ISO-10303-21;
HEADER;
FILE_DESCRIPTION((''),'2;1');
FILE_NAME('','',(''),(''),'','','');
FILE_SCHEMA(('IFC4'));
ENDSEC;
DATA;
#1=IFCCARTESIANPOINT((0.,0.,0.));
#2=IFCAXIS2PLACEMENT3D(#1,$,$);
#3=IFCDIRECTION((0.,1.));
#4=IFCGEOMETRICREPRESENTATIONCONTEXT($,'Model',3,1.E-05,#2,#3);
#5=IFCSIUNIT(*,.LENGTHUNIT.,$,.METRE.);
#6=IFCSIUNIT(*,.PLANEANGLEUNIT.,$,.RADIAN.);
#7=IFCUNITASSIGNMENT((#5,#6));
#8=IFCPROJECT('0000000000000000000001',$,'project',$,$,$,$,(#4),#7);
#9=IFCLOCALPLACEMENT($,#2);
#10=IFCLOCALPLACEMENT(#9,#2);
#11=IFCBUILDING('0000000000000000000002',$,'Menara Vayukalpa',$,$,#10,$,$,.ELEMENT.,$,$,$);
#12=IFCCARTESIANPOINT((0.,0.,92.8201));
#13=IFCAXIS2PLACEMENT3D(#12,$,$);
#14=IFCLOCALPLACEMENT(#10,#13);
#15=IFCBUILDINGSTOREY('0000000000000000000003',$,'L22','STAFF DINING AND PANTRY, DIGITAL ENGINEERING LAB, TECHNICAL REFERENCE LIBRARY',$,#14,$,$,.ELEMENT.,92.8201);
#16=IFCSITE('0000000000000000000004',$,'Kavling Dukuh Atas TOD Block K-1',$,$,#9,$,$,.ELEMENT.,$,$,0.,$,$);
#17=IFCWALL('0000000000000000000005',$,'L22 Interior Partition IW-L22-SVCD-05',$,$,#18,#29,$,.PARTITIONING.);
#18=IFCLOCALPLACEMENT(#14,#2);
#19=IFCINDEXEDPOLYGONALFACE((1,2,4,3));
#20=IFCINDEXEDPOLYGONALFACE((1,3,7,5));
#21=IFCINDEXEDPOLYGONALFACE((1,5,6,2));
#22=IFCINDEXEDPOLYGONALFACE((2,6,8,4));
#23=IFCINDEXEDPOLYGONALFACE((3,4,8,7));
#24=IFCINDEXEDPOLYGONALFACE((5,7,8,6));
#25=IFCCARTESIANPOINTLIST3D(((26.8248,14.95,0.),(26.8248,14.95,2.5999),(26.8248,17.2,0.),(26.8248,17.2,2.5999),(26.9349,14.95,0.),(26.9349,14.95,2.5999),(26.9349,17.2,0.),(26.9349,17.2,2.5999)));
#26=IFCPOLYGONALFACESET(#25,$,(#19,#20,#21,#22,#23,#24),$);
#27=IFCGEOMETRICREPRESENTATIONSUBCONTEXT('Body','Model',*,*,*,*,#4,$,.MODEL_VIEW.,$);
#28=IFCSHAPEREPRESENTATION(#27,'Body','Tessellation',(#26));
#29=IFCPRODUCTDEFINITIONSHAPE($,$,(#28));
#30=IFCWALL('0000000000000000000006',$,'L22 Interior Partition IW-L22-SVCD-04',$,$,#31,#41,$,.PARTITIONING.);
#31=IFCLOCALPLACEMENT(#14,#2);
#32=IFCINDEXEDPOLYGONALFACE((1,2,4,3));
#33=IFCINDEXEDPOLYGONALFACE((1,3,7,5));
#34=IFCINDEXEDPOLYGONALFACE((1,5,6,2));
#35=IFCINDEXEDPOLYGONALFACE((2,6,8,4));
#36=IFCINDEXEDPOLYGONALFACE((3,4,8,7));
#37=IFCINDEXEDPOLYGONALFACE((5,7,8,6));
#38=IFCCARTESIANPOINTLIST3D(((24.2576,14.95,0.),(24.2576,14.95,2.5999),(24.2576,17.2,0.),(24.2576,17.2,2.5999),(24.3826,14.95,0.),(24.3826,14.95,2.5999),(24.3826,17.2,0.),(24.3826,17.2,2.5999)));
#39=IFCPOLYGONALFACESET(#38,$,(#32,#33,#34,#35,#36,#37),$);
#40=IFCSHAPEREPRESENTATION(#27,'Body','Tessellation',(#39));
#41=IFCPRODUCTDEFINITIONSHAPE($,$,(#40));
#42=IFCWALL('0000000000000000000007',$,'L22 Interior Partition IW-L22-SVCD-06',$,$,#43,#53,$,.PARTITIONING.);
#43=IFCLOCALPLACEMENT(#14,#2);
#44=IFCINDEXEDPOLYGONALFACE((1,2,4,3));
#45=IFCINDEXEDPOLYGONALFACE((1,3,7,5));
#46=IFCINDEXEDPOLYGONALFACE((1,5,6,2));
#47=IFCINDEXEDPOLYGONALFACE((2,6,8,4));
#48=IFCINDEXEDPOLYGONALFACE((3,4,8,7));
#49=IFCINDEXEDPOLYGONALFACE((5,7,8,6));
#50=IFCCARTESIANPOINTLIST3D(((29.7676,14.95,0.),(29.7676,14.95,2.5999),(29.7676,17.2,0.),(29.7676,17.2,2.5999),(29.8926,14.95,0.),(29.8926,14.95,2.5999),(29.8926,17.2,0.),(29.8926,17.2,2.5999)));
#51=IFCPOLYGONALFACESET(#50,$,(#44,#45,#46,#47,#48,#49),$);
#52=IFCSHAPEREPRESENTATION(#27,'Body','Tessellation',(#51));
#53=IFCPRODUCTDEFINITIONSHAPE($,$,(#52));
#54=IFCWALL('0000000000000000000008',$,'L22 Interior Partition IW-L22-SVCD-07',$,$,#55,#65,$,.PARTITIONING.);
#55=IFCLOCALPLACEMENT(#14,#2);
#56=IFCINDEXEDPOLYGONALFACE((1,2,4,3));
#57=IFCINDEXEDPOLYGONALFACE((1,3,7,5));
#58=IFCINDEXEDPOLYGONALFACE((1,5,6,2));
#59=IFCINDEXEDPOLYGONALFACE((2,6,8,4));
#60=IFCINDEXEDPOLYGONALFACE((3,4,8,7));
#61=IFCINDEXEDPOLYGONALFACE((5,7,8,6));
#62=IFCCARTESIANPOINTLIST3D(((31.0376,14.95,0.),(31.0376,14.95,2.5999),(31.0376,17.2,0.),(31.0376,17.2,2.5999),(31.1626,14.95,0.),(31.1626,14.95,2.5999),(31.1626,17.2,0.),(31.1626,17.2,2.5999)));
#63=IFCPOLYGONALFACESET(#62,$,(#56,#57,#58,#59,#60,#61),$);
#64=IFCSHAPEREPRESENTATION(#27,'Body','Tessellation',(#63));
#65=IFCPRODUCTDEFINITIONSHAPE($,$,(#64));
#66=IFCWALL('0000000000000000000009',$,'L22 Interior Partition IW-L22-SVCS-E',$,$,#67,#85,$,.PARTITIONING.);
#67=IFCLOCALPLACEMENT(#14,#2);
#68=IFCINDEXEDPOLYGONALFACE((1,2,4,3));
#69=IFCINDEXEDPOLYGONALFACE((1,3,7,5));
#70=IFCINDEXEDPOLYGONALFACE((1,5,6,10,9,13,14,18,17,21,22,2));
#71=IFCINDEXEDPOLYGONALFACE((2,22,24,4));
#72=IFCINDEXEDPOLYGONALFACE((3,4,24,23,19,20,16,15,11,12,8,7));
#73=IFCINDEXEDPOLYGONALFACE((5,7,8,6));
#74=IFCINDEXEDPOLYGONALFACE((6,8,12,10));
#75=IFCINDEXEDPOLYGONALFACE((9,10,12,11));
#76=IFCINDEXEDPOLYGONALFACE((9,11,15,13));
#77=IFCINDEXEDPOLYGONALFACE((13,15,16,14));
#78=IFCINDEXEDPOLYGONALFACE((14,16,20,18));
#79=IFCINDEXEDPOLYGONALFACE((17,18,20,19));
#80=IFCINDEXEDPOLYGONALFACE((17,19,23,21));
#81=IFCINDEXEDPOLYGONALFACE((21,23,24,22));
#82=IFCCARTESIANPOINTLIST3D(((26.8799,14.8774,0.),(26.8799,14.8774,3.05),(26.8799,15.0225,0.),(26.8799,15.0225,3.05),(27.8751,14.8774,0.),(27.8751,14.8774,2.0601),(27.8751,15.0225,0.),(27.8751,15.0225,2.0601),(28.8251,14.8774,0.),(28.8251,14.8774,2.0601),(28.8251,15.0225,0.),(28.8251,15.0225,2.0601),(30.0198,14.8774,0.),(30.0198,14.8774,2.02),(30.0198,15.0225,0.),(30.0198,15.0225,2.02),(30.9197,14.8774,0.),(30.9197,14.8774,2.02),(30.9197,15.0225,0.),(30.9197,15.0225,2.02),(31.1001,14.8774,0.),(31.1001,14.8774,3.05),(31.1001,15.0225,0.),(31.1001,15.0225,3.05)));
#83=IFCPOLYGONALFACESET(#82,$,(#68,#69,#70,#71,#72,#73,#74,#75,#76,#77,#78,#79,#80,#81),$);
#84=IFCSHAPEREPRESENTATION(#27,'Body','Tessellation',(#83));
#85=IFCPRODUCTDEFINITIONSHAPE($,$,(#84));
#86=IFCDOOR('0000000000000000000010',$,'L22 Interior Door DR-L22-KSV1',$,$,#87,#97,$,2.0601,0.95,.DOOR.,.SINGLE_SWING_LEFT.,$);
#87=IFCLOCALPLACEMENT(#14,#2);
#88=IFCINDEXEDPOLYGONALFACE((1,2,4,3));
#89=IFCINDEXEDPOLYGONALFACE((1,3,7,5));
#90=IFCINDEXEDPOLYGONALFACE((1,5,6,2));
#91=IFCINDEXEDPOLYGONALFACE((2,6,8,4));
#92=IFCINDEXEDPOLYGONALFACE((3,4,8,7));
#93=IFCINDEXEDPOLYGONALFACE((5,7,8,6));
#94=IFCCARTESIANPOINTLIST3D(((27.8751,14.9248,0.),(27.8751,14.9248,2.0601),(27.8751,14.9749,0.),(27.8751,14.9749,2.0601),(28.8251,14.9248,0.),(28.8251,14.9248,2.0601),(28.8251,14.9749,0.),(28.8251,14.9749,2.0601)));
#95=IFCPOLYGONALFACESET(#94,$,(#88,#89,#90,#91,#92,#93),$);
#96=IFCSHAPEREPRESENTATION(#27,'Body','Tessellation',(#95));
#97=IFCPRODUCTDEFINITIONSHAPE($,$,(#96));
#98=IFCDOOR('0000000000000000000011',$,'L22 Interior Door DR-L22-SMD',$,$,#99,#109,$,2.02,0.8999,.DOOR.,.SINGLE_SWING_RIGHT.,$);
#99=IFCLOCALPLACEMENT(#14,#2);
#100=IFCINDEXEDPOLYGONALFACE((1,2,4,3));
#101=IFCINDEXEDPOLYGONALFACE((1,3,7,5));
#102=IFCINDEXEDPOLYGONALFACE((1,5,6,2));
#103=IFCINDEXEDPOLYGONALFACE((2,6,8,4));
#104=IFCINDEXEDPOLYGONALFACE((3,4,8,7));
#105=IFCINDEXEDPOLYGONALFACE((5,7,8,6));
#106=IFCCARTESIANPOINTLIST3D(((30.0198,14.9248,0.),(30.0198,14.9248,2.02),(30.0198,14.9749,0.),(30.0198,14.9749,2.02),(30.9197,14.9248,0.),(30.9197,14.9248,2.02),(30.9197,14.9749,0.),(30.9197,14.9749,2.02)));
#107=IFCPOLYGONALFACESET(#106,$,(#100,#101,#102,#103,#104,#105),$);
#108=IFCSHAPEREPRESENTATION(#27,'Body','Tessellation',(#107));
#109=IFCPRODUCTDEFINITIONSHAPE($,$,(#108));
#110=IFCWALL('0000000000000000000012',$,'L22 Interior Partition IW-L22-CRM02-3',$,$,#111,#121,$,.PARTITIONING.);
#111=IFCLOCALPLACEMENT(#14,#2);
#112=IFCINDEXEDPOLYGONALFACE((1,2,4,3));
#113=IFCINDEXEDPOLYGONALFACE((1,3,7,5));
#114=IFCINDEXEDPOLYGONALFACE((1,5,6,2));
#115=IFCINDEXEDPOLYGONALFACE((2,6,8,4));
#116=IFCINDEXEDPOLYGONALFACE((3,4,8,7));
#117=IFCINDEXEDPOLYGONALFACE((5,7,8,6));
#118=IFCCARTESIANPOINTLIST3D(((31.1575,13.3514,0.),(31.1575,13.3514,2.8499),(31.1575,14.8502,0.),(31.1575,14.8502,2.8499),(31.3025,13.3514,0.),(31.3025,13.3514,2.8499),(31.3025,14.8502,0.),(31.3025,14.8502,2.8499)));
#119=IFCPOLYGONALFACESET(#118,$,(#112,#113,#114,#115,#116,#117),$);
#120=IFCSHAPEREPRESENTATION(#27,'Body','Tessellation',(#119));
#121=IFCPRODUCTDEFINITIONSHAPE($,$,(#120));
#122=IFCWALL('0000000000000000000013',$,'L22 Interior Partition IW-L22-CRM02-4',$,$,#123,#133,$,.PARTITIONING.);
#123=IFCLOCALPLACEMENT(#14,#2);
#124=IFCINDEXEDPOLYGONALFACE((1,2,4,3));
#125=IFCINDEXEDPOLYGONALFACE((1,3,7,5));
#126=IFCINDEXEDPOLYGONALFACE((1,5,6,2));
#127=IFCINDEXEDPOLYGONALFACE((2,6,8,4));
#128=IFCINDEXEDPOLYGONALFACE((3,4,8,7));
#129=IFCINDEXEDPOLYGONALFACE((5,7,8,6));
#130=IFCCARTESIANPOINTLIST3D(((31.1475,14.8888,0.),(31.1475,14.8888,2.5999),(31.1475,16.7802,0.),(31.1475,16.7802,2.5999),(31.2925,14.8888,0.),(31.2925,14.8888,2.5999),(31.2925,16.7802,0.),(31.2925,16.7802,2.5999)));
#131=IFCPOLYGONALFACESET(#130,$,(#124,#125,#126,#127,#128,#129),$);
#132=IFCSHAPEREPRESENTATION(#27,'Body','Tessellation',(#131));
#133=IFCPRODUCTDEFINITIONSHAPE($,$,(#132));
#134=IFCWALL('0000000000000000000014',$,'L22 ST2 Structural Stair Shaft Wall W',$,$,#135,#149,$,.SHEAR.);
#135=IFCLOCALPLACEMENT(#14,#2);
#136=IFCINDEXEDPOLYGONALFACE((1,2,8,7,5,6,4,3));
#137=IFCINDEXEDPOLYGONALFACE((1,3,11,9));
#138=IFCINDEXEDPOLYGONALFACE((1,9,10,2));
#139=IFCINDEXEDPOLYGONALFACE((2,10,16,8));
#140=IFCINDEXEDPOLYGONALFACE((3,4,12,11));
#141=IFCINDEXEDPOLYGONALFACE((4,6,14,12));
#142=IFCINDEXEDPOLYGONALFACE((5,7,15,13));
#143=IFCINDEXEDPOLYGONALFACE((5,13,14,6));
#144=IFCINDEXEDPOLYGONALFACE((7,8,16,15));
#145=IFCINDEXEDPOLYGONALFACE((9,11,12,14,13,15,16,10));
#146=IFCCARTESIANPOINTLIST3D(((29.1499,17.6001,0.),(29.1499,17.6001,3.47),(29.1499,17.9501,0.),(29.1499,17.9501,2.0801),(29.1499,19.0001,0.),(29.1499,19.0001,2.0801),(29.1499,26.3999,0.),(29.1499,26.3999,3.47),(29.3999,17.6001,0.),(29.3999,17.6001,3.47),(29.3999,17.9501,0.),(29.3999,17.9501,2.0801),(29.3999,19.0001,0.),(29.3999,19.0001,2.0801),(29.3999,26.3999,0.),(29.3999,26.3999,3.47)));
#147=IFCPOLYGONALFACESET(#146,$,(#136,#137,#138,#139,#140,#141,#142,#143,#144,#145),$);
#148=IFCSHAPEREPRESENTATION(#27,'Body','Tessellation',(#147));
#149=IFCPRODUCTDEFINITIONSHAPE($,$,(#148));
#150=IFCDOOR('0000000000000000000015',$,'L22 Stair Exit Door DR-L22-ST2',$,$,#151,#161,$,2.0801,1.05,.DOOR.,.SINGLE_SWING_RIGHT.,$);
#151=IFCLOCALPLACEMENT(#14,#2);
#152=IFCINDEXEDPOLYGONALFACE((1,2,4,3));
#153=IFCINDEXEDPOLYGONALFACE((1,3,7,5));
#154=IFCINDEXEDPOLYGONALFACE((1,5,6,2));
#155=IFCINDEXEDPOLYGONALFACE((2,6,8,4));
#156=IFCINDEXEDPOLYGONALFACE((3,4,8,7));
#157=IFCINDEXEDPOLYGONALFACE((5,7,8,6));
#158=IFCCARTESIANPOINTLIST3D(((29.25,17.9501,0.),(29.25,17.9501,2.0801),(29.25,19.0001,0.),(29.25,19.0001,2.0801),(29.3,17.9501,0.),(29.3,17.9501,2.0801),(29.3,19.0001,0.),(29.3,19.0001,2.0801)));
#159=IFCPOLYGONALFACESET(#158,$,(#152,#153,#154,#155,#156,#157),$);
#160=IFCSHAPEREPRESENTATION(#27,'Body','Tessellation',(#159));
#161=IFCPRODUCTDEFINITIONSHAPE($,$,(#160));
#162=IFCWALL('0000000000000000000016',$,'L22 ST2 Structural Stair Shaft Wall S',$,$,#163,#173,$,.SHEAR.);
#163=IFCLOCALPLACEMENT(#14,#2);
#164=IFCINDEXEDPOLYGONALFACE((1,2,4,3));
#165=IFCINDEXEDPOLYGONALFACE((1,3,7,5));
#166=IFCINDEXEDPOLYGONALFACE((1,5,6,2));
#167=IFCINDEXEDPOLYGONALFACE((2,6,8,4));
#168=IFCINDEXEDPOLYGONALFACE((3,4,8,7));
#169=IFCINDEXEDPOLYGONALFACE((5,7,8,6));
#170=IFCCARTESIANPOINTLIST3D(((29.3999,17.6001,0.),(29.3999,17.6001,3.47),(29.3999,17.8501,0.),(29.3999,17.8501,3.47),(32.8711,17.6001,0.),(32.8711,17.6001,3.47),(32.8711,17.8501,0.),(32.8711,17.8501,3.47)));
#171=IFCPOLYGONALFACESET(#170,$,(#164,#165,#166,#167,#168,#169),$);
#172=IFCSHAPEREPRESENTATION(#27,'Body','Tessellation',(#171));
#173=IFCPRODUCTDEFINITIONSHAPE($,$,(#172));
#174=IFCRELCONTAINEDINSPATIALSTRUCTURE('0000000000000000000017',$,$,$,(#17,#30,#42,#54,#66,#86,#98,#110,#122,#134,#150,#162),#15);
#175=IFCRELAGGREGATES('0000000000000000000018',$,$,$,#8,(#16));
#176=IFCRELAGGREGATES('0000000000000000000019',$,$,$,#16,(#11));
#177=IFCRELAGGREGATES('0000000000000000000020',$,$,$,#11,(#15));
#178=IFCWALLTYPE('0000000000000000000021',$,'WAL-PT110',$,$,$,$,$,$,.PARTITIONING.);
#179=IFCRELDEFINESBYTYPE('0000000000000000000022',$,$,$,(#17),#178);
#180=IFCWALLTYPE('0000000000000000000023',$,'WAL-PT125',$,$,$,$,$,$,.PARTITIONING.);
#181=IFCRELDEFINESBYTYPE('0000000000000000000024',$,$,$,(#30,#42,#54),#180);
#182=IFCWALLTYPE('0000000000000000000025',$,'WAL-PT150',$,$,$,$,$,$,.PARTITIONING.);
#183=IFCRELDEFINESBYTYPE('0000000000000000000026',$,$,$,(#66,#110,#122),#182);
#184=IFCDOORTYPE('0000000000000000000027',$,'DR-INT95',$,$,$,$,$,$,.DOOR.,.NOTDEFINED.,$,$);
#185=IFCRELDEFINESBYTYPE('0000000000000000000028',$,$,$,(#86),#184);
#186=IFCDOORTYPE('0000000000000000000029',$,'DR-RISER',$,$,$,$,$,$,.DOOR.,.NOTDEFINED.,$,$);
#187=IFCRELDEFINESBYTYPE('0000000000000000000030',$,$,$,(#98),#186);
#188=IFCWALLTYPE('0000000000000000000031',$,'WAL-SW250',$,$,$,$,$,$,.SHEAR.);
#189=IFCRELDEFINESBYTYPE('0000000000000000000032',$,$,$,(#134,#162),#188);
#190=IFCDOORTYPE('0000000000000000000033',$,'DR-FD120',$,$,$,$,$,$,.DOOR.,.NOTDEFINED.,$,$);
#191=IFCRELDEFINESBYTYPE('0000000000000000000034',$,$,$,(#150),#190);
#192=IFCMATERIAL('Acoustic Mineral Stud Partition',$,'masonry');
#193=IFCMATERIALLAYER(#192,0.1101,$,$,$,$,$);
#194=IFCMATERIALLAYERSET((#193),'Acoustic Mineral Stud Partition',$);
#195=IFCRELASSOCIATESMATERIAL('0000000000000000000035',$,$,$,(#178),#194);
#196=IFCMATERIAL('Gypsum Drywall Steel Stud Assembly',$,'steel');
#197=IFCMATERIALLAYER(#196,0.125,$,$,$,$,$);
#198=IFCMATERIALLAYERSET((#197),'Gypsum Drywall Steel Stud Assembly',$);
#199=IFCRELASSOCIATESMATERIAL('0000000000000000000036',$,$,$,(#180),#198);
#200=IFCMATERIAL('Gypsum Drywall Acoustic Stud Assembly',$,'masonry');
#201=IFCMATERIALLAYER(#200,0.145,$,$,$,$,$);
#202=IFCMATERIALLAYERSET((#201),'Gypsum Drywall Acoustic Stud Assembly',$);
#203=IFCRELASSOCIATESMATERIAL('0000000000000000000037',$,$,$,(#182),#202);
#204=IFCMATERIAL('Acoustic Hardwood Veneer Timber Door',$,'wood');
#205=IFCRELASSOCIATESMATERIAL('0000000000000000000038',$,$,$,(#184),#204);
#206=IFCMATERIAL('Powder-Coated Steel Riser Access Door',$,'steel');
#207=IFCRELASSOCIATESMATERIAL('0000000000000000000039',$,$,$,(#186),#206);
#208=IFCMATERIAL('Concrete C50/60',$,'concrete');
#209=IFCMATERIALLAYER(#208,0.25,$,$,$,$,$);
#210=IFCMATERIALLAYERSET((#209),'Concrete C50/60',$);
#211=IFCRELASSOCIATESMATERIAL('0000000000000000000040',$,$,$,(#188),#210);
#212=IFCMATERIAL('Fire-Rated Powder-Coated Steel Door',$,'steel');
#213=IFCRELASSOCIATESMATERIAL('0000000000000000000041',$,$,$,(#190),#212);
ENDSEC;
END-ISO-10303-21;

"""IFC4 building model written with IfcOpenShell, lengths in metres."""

from ifc_helpers import new_model, si_unit, direction, frame, frame_2d, origin, place, context, subcontext, project, spatial, rectangle, extrude, material, layer, layer_set, type_object, element, fill, save


model = new_model("IFC4")

# Units and contexts
model_context = context("Model", 3, precision=1e-05, world=origin(), true_north=direction((0.0, 1.0)))
body_context = subcontext(model_context, "Body", "Model", "MODEL_VIEW")
ifc_project = project(units=[si_unit("LENGTHUNIT", "METRE"), si_unit("PLANEANGLEUNIT", "RADIAN")], contexts=[model_context])

# Site, building, storey
site_placement = place(None, origin())
site = spatial("IfcSite", under=ifc_project, at=site_placement, Name="Kavling Dukuh Atas TOD Block K-1", CompositionType="ELEMENT", RefElevation=0.0)
building_placement = place(site_placement, origin())
building = spatial("IfcBuilding", under=site, at=building_placement, Name="Menara Vayukalpa", CompositionType="ELEMENT")
storey_placement = place(building_placement, frame((0.0, 0.0, 92.8201)))
storey = spatial("IfcBuildingStorey", under=building, at=storey_placement, Name="L22", Description="STAFF DINING AND PANTRY, DIGITAL ENGINEERING LAB, TECHNICAL REFERENCE LIBRARY", CompositionType="ELEMENT", Elevation=92.8201)

# Walls
ifc_material_1 = material(Name="Acoustic Mineral Stud Partition", Category="masonry")
ifc_layer_1 = layer(ifc_material_1, 0.1101)
ifc_layer_set_1 = layer_set([ifc_layer_1], Name="Acoustic Mineral Stud Partition")
wall_type_1 = type_object("IfcWallType", Name="WAL-PT110", PredefinedType="PARTITIONING", material=ifc_layer_set_1)
wall_1_placement = place(storey_placement, frame((26.8799, 14.95, 0.0), z_axis=(0.0, 0.0, 1.0), x_axis=(0.0, 1.0, 0.0)))
element("IfcWall", 1, at=wall_1_placement, inside=storey, type_object=wall_type_1, Name="L22 Interior Partition IW-L22-SVCD-05", PredefinedType="PARTITIONING", context=body_context, shape_type="SweptSolid", body=[
    extrude(rectangle(XDim=2.25, YDim=0.1101, at=frame_2d((1.125, 0.0))), origin(), (0.0, 0.0, 1.0), 2.5999),
])
ifc_material_2 = material(Name="Gypsum Drywall Steel Stud Assembly", Category="steel")
ifc_layer_2 = layer(ifc_material_2, 0.125)
ifc_layer_set_2 = layer_set([ifc_layer_2], Name="Gypsum Drywall Steel Stud Assembly")
wall_type_2 = type_object("IfcWallType", Name="WAL-PT125", PredefinedType="PARTITIONING", material=ifc_layer_set_2)
for number, where, z_axis, x_axis, name in (
    (2, (24.3201, 14.95, 0.0), (0.0, 0.0, 1.0), (0.0, 1.0, 0.0), "L22 Interior Partition IW-L22-SVCD-04"),
    (3, (29.8301, 14.95, 0.0), (0.0, 0.0, 1.0), (0.0, 1.0, 0.0), "L22 Interior Partition IW-L22-SVCD-06"),
    (4, (31.1001, 14.95, 0.0), (0.0, 0.0, 1.0), (0.0, 1.0, 0.0), "L22 Interior Partition IW-L22-SVCD-07"),
):
    element("IfcWall", number, at=place(storey_placement, frame(where, z_axis=z_axis, x_axis=x_axis)), inside=storey, type_object=wall_type_2, Name=name, PredefinedType="PARTITIONING", context=body_context, shape_type="SweptSolid", body=[
        extrude(rectangle(XDim=2.25, YDim=0.125, at=frame_2d((1.125, 0.0))), origin(), (0.0, 0.0, 1.0), 2.5999),
    ])

# Wall, openings, doors
ifc_material_3 = material(Name="Gypsum Drywall Acoustic Stud Assembly", Category="masonry")
ifc_layer_3 = layer(ifc_material_3, 0.145)
ifc_layer_set_3 = layer_set([ifc_layer_3], Name="Gypsum Drywall Acoustic Stud Assembly")
wall_type_3 = type_object("IfcWallType", Name="WAL-PT150", PredefinedType="PARTITIONING", material=ifc_layer_set_3)
wall_2_placement = place(storey_placement, frame((26.8799, 14.95, 0.0), z_axis=(0.0, 0.0, 1.0), x_axis=(1.0, 0.0, 0.0)))
wall_2 = element("IfcWall", 5, at=wall_2_placement, inside=storey, type_object=wall_type_3, Name="L22 Interior Partition IW-L22-SVCS-E", PredefinedType="PARTITIONING", context=body_context, shape_type="SweptSolid", body=[
    extrude(rectangle(XDim=4.2202, YDim=0.145, at=frame_2d((2.1101, 0.0))), origin(), (0.0, 0.0, 1.0), 3.05),
])
opening_1_placement = place(wall_2_placement, frame((0.9951, 0.0, 0.0)))
opening_1 = element("IfcOpeningElement", 6, at=opening_1_placement, cuts=wall_2, PredefinedType="OPENING", context=body_context, shape_type="SweptSolid", body=[
    extrude(rectangle(XDim=0.95, YDim=2.0601, at=frame_2d((0.4751, 1.03))), frame((0.0, 0.0825, 0.0), z_axis=(0.0, -1.0, 0.0), x_axis=(1.0, 0.0, 0.0)), (0.0, 0.0, 1.0), 0.165),
])
opening_2_placement = place(wall_2_placement, frame((3.1399, 0.0, 0.0)))
opening_2 = element("IfcOpeningElement", 7, at=opening_2_placement, cuts=wall_2, PredefinedType="OPENING", context=body_context, shape_type="SweptSolid", body=[
    extrude(rectangle(XDim=0.8999, YDim=2.02, at=frame_2d((0.45, 1.01))), frame((0.0, 0.0825, 0.0), z_axis=(0.0, -1.0, 0.0), x_axis=(1.0, 0.0, 0.0)), (0.0, 0.0, 1.0), 0.165),
])
ifc_material_4 = material(Name="Acoustic Hardwood Veneer Timber Door", Category="wood")
door_type_1 = type_object("IfcDoorType", Name="DR-INT95", OperationType="NOTDEFINED", PredefinedType="DOOR", material=ifc_material_4)
door_1_placement = place(opening_1_placement, origin())
door_1 = element("IfcDoor", 8, at=door_1_placement, inside=storey, type_object=door_type_1, Name="L22 Interior Door DR-L22-KSV1", OperationType="SINGLE_SWING_LEFT", OverallHeight=2.0601, OverallWidth=0.95, PredefinedType="DOOR", context=body_context, shape_type="SweptSolid", body=[
    extrude(rectangle(XDim=0.95, YDim=2.0601, at=frame_2d((0.4751, 1.03))), frame((0.0, 0.0249, 0.0), z_axis=(0.0, -1.0, 0.0), x_axis=(1.0, 0.0, 0.0)), (0.0, 0.0, 1.0), 0.05),
])
fill(opening_1, door_1)
ifc_material_5 = material(Name="Powder-Coated Steel Riser Access Door", Category="steel")
door_type_2 = type_object("IfcDoorType", Name="DR-RISER", OperationType="NOTDEFINED", PredefinedType="DOOR", material=ifc_material_5)
door_2_placement = place(opening_2_placement, origin())
door_2 = element("IfcDoor", 9, at=door_2_placement, inside=storey, type_object=door_type_2, Name="L22 Interior Door DR-L22-SMD", OperationType="SINGLE_SWING_RIGHT", OverallHeight=2.02, OverallWidth=0.8999, PredefinedType="DOOR", context=body_context, shape_type="SweptSolid", body=[
    extrude(rectangle(XDim=0.8999, YDim=2.02, at=frame_2d((0.45, 1.01))), frame((0.0, 0.0249, 0.0), z_axis=(0.0, -1.0, 0.0), x_axis=(1.0, 0.0, 0.0)), (0.0, 0.0, 1.0), 0.05),
])
fill(opening_2, door_2)

# Walls
wall_3_placement = place(storey_placement, frame((31.23, 13.3513, 0.0), z_axis=(0.0, 0.0, 1.0), x_axis=(0.0, 1.0, 0.0)))
element("IfcWall", 10, at=wall_3_placement, inside=storey, type_object=wall_type_3, Name="L22 Interior Partition IW-L22-CRM02-3", PredefinedType="PARTITIONING", context=body_context, shape_type="SweptSolid", body=[
    extrude(rectangle(XDim=1.4988, YDim=0.145, at=frame_2d((0.7495, 0.0))), origin(), (0.0, 0.0, 1.0), 2.8499),
])
wall_4_placement = place(storey_placement, frame((31.22, 14.8887, 0.0), z_axis=(0.0, 0.0, 1.0), x_axis=(0.0, 1.0, 0.0)))
element("IfcWall", 11, at=wall_4_placement, inside=storey, type_object=wall_type_3, Name="L22 Interior Partition IW-L22-CRM02-4", PredefinedType="PARTITIONING", context=body_context, shape_type="SweptSolid", body=[
    extrude(rectangle(XDim=1.8914, YDim=0.145, at=frame_2d((0.9458, 0.0))), origin(), (0.0, 0.0, 1.0), 2.5999),
])

# Wall, opening, door
ifc_material_6 = material(Name="Concrete C50/60", Category="concrete")
ifc_layer_4 = layer(ifc_material_6, 0.25)
ifc_layer_set_4 = layer_set([ifc_layer_4], Name="Concrete C50/60")
wall_type_4 = type_object("IfcWallType", Name="WAL-SW250", PredefinedType="SHEAR", material=ifc_layer_set_4)
wall_5_placement = place(storey_placement, frame((29.2749, 17.6001, 0.0), z_axis=(0.0, 0.0, 1.0), x_axis=(0.0, 1.0, 0.0)))
wall_5 = element("IfcWall", 12, at=wall_5_placement, inside=storey, type_object=wall_type_4, Name="L22 ST2 Structural Stair Shaft Wall W", PredefinedType="SHEAR", context=body_context, shape_type="SweptSolid", body=[
    extrude(rectangle(XDim=8.7998, YDim=0.25, at=frame_2d((4.3999, 0.0))), origin(), (0.0, 0.0, 1.0), 3.47),
])
opening_3_placement = place(wall_5_placement, frame((0.3501, 0.0, 0.0)))
opening_3 = element("IfcOpeningElement", 13, at=opening_3_placement, cuts=wall_5, PredefinedType="OPENING", context=body_context, shape_type="SweptSolid", body=[
    extrude(rectangle(XDim=1.05, YDim=2.0801, at=frame_2d((0.5249, 1.04))), frame((0.0, 0.135, 0.0), z_axis=(0.0, -1.0, 0.0), x_axis=(1.0, 0.0, 0.0)), (0.0, 0.0, 1.0), 0.27),
])
ifc_material_7 = material(Name="Fire-Rated Powder-Coated Steel Door", Category="steel")
door_type_3 = type_object("IfcDoorType", Name="DR-FD120", OperationType="NOTDEFINED", PredefinedType="DOOR", material=ifc_material_7)
door_3_placement = place(opening_3_placement, origin())
door_3 = element("IfcDoor", 14, at=door_3_placement, inside=storey, type_object=door_type_3, Name="L22 Stair Exit Door DR-L22-ST2", OperationType="SINGLE_SWING_RIGHT", OverallHeight=2.0801, OverallWidth=1.05, PredefinedType="DOOR", context=body_context, shape_type="SweptSolid", body=[
    extrude(rectangle(XDim=1.05, YDim=2.0801, at=frame_2d((0.5249, 1.04))), frame((0.0, 0.0249, 0.0), z_axis=(0.0, -1.0, 0.0), x_axis=(1.0, 0.0, 0.0)), (0.0, 0.0, 1.0), 0.05),
])
fill(opening_3, door_3)

# Wall
wall_6_placement = place(storey_placement, frame((29.3999, 17.7251, 0.0), z_axis=(0.0, 0.0, 1.0), x_axis=(1.0, 0.0, 0.0)))
element("IfcWall", 15, at=wall_6_placement, inside=storey, type_object=wall_type_4, Name="L22 ST2 Structural Stair Shaft Wall S", PredefinedType="SHEAR", context=body_context, shape_type="SweptSolid", body=[
    extrude(rectangle(XDim=3.4712, YDim=0.25, at=frame_2d((1.7356, 0.0))), origin(), (0.0, 0.0, 1.0), 3.47),
])

save(model, "model.ifc")
